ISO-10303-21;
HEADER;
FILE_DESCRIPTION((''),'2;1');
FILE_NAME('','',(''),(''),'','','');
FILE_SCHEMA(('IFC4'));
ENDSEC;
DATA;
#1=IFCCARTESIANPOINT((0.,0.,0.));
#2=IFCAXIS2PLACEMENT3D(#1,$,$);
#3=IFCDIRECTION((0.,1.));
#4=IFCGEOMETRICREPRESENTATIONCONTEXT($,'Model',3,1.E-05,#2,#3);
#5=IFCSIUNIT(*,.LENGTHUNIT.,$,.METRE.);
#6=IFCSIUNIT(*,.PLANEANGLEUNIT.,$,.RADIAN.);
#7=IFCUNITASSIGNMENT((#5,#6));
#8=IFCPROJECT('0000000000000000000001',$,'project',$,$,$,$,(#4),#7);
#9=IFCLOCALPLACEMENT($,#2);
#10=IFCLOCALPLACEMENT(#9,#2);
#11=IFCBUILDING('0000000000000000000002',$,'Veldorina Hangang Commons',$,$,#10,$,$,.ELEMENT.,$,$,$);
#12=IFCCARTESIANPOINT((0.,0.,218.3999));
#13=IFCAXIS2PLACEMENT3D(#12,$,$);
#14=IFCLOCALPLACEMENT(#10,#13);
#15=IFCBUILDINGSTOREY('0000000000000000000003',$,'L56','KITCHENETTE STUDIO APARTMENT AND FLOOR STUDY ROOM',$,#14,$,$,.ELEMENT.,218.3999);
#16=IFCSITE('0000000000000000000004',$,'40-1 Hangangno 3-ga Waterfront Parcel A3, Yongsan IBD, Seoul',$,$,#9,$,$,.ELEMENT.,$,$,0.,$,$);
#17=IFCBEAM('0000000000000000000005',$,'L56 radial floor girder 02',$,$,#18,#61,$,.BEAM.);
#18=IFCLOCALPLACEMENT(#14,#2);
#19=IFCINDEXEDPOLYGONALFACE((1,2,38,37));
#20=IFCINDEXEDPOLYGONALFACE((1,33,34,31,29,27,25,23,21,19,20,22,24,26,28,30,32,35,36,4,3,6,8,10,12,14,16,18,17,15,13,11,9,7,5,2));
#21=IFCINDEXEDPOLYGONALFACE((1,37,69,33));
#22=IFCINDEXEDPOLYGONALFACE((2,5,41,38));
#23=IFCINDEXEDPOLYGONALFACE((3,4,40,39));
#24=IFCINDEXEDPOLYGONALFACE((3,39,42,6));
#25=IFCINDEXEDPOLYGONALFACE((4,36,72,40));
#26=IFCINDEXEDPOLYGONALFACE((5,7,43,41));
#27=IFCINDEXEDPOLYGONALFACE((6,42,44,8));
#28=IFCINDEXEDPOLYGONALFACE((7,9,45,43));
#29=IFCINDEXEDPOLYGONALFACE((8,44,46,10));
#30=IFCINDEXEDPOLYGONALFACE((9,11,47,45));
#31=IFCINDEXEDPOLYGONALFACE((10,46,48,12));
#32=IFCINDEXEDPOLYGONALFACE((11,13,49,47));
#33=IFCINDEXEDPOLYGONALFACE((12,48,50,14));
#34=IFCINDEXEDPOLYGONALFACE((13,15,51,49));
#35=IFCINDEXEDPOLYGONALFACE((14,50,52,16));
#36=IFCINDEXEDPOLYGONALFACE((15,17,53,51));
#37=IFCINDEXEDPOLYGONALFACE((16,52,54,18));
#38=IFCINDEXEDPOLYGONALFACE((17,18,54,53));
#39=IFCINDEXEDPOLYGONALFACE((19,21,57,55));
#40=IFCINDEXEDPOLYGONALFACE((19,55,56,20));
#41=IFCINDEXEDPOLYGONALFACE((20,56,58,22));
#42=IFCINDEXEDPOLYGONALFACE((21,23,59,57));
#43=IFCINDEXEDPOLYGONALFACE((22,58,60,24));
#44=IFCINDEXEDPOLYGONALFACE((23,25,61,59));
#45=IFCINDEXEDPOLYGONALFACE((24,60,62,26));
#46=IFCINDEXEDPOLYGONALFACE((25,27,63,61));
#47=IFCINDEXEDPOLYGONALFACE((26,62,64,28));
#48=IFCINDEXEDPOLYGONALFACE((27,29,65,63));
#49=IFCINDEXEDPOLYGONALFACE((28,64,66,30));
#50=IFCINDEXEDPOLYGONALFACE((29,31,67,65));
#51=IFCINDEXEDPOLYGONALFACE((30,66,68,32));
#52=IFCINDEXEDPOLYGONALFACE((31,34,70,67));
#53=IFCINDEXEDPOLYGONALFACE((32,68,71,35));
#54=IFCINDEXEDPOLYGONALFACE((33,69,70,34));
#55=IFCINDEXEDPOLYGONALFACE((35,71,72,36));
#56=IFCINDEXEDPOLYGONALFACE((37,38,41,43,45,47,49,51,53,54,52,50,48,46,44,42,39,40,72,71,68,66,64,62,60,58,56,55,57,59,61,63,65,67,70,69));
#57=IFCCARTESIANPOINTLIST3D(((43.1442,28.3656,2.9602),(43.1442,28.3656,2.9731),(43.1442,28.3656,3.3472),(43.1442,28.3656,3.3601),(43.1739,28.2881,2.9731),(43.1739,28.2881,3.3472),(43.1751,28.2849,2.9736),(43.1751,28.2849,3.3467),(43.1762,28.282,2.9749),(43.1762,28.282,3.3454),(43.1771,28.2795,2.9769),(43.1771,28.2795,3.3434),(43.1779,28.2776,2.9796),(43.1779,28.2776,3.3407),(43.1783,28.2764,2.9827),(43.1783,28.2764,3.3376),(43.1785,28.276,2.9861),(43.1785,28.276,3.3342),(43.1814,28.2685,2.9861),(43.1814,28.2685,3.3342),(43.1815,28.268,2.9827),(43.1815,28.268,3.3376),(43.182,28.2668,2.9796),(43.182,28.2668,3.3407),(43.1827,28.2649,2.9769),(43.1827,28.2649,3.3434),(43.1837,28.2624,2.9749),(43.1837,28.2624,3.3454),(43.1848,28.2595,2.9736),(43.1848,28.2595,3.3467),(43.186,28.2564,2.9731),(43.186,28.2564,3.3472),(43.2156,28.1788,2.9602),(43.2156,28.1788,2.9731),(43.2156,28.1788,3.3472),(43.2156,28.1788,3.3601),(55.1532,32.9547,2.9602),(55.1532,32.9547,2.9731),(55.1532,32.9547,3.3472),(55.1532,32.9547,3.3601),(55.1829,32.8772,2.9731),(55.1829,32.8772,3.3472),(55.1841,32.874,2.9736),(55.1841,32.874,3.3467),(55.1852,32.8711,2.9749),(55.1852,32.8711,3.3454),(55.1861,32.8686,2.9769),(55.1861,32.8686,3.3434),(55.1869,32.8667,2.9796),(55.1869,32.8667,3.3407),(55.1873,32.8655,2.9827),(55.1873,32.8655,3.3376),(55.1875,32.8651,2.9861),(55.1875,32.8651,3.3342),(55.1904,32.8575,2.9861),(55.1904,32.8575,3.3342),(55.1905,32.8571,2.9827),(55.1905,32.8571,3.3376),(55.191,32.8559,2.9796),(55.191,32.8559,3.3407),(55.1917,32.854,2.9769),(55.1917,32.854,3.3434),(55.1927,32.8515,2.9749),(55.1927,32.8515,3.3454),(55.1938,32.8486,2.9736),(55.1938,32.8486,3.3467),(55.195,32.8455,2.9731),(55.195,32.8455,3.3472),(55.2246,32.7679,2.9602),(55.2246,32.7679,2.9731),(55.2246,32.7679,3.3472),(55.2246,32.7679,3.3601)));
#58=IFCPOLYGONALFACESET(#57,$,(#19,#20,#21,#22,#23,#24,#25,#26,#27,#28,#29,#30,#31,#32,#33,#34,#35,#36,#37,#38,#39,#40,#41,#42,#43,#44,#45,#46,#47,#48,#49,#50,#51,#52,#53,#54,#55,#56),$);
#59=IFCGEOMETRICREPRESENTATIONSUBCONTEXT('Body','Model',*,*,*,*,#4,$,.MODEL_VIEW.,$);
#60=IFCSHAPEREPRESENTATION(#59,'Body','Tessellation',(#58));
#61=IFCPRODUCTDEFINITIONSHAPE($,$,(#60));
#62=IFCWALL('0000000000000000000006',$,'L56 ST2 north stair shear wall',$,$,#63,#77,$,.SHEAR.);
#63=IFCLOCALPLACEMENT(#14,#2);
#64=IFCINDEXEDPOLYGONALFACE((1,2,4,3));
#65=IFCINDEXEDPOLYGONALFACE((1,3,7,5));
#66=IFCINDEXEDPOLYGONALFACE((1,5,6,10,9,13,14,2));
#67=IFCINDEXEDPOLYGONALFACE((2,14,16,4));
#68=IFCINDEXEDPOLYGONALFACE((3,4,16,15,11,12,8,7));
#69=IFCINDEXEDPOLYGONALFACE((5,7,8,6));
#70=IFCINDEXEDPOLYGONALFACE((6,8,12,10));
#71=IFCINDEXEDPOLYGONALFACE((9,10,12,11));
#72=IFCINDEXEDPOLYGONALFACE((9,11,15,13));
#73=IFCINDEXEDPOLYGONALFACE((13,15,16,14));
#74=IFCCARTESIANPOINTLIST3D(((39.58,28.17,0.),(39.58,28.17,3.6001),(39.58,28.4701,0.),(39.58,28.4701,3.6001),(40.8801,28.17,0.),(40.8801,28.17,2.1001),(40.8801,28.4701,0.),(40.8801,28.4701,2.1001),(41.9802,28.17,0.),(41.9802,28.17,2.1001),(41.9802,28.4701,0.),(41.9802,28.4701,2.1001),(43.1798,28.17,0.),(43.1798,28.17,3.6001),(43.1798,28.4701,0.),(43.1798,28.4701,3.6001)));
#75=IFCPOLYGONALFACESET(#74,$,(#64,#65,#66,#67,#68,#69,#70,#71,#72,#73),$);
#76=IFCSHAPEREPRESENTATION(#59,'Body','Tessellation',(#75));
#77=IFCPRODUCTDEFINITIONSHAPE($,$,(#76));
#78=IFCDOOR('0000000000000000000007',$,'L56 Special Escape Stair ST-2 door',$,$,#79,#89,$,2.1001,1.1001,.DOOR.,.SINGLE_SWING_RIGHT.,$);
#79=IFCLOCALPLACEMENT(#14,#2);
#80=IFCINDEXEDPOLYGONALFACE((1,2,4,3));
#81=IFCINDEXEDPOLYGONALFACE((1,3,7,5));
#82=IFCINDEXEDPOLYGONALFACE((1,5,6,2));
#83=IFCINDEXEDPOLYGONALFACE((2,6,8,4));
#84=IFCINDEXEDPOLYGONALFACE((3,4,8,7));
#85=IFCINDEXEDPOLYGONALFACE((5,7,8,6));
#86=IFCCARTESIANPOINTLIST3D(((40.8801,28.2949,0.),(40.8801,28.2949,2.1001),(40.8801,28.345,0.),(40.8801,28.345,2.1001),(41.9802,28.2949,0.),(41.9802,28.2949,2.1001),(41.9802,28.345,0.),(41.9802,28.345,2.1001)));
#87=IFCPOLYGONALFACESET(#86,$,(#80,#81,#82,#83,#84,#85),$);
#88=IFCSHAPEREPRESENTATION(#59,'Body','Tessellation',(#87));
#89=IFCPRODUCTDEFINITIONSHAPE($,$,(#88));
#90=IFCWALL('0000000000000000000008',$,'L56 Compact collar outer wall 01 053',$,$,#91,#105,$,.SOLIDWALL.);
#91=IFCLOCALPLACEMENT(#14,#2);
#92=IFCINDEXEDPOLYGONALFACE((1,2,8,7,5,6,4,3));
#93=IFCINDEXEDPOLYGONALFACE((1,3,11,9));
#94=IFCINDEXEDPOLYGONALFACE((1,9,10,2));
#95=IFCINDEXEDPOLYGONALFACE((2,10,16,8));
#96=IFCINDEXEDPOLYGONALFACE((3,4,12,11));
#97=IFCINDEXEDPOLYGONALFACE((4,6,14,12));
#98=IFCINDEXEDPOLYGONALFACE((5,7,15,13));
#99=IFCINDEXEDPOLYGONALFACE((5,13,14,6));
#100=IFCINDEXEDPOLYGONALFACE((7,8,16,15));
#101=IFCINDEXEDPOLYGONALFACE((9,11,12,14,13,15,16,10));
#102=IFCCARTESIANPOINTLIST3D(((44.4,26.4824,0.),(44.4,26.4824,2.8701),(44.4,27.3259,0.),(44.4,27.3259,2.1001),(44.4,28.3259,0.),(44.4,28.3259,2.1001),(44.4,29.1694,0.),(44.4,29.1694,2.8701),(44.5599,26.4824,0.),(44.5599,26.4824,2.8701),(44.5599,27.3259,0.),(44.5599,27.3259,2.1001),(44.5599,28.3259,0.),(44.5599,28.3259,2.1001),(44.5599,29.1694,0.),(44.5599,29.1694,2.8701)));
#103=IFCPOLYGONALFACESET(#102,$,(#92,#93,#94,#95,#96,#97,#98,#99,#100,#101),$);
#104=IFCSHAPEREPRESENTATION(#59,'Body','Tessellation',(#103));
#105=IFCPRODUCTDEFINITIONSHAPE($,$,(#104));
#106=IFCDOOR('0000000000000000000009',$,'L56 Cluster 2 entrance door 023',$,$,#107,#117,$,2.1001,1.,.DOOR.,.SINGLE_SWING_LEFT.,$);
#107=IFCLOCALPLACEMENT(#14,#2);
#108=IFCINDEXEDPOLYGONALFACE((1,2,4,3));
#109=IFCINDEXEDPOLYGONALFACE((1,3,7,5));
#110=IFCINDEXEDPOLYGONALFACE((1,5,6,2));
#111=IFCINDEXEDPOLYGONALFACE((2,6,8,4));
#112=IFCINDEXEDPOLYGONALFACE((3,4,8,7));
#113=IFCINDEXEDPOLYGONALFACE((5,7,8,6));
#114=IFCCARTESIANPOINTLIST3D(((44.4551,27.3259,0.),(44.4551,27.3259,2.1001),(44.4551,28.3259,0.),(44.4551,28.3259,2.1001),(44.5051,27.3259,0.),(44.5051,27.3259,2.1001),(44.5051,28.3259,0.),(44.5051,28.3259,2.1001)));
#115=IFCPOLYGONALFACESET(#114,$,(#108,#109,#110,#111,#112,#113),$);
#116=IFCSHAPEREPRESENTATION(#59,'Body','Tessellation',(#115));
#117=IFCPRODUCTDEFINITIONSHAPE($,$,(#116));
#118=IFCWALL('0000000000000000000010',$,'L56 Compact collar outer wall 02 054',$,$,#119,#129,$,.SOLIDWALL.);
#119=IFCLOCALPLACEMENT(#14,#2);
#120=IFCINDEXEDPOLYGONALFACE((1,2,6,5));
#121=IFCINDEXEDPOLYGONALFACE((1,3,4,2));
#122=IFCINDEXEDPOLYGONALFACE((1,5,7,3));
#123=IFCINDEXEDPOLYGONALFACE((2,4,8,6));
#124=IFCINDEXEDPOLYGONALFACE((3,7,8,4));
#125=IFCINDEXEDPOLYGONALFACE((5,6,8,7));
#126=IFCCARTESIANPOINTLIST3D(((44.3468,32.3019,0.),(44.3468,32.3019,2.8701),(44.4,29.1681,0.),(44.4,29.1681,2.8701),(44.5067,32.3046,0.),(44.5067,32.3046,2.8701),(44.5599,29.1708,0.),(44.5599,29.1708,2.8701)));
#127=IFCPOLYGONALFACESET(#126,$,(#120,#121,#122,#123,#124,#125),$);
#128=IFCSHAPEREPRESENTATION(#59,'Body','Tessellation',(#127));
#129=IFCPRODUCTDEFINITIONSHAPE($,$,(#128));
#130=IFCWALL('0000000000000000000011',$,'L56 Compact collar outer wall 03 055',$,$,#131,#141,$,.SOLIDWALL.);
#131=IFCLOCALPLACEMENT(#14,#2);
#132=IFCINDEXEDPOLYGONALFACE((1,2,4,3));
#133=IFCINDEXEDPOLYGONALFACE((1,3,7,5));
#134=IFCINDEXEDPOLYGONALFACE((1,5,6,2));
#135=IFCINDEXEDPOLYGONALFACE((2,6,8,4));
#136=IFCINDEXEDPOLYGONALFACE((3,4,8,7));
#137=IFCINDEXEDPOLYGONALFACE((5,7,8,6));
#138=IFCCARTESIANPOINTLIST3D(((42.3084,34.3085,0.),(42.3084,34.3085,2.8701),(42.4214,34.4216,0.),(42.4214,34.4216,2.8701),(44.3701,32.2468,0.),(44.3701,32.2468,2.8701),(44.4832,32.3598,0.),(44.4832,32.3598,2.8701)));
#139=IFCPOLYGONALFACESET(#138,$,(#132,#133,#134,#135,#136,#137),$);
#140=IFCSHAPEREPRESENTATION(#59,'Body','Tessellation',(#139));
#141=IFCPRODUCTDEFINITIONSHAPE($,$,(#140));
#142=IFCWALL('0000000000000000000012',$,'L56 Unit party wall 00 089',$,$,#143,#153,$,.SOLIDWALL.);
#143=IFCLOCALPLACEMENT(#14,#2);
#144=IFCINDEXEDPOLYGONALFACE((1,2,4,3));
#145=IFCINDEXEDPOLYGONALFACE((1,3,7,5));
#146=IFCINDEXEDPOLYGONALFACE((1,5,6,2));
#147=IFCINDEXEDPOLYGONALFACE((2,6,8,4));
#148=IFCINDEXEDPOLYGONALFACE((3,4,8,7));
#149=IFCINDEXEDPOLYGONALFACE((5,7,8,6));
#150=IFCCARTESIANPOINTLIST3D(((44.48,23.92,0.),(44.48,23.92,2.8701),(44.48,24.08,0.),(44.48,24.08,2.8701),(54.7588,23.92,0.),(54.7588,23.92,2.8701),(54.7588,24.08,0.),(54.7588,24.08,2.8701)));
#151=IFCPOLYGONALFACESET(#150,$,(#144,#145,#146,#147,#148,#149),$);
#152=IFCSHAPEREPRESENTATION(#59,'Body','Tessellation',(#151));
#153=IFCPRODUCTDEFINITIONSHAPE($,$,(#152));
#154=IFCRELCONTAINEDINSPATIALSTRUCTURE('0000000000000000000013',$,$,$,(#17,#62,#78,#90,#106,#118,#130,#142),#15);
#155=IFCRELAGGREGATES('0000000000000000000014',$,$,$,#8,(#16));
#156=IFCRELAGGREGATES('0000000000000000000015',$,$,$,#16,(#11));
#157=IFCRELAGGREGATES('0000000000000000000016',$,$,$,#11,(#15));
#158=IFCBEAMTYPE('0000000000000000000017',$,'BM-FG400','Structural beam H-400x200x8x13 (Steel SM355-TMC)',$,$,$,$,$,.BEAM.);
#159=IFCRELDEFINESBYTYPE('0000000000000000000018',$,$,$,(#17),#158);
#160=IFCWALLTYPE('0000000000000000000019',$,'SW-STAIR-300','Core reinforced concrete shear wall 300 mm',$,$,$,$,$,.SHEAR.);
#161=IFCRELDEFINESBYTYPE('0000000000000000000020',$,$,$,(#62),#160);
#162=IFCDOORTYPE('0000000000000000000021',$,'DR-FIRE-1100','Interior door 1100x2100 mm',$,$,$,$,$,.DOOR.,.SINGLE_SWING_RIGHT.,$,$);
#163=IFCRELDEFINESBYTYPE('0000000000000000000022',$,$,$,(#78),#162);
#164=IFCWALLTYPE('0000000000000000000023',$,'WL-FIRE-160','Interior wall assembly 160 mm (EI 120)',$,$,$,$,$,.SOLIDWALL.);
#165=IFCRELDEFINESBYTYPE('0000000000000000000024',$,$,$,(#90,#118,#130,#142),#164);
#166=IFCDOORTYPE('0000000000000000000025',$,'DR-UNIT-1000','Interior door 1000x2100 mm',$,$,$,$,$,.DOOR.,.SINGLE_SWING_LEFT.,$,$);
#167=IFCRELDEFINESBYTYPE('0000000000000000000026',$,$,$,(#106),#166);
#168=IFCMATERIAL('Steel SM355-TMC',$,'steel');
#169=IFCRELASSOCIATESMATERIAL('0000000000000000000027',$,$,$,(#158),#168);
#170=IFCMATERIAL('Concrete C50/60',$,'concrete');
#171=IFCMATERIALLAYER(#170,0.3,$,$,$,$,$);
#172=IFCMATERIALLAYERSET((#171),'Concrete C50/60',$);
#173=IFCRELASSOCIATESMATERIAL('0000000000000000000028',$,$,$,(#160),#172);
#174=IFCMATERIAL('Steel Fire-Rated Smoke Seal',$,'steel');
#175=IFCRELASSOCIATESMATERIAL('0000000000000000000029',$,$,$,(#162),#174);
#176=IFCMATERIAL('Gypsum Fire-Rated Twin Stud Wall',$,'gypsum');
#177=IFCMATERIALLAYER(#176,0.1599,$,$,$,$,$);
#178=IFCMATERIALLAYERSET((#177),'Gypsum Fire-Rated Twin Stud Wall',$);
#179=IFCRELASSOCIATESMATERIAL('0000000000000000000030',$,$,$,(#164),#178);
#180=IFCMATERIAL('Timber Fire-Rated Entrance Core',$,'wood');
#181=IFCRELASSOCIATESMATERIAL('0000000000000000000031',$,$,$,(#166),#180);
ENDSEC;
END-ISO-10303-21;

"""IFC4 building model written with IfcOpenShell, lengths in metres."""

from ifc_helpers import new_model, si_unit, direction, frame, frame_2d, origin, origin_2d, place, context, subcontext, project, spatial, rectangle, i_section, extrude, material, layer, layer_set, material_profile, profile_set, type_object, element, fill, save


model = new_model("IFC4")

# Units and contexts
model_context = context("Model", 3, precision=1e-05, world=origin(), true_north=direction((0.0, 1.0)))
body_context = subcontext(model_context, "Body", "Model", "MODEL_VIEW")
ifc_project = project(units=[si_unit("LENGTHUNIT", "METRE"), si_unit("PLANEANGLEUNIT", "RADIAN")], contexts=[model_context])

# Site, building, storey
site_placement = place(None, origin())
site = spatial("IfcSite", under=ifc_project, at=site_placement, Name="40-1 Hangangno 3-ga Waterfront Parcel A3, Yongsan IBD, Seoul", CompositionType="ELEMENT", RefElevation=0.0)
building_placement = place(site_placement, origin())
building = spatial("IfcBuilding", under=site, at=building_placement, Name="Veldorina Hangang Commons", CompositionType="ELEMENT")
storey_placement = place(building_placement, frame((0.0, 0.0, 218.3999)))
storey = spatial("IfcBuildingStorey", under=building, at=storey_placement, Name="L56", Description="KITCHENETTE STUDIO APARTMENT AND FLOOR STUDY ROOM", CompositionType="ELEMENT", Elevation=218.3999)

# Beam
ifc_material_1 = material(Name="Steel SM355-TMC", Category="steel")
ifc_material_profile = material_profile(ifc_material_1, i_section(OverallWidth=0.2, OverallDepth=0.3999, WebThickness=0.0081, FlangeThickness=0.0129, FilletRadius=0.0129, at=origin_2d()), Name="H-400x200x8x13")
ifc_profile_set = profile_set([ifc_material_profile], Name="Steel SM355-TMC")
beam_type = type_object("IfcBeamType", Name="BM-FG400", Description="Structural beam H-400x200x8x13 (Steel SM355-TMC)", PredefinedType="BEAM", material=ifc_profile_set)
beam_placement = place(storey_placement, frame((43.1799, 28.2722, 3.1602), z_axis=(0.934119, 0.356963, 0.0), x_axis=(-0.356963, 0.934119, 0.0)))
element("IfcBeam", 1, at=beam_placement, inside=storey, type_object=beam_type, Name="L56 radial floor girder 02", PredefinedType="BEAM", context=body_context, shape_type="SweptSolid", body=[
    extrude(i_section(OverallWidth=0.2, OverallDepth=0.3999, WebThickness=0.0081, FlangeThickness=0.0129, FilletRadius=0.0129, at=origin_2d()), origin(), (0.0, 0.0, 1.0), 12.856),
])

# Walls, openings, doors
ifc_material_2 = material(Name="Concrete C50/60", Category="concrete")
ifc_layer_1 = layer(ifc_material_2, 0.3)
ifc_layer_set_1 = layer_set([ifc_layer_1], Name="Concrete C50/60")
wall_type_1 = type_object("IfcWallType", Name="SW-STAIR-300", Description="Core reinforced concrete shear wall 300 mm", PredefinedType="SHEAR", material=ifc_layer_set_1)
wall_1_placement = place(storey_placement, frame((39.5801, 28.3201, 0.0), z_axis=(0.0, 0.0, 1.0), x_axis=(1.0, 0.0, 0.0)))
wall_1 = element("IfcWall", 2, at=wall_1_placement, inside=storey, type_object=wall_type_1, Name="L56 ST2 north stair shear wall", PredefinedType="SHEAR", context=body_context, shape_type="SweptSolid", body=[
    extrude(rectangle(XDim=3.5999, YDim=0.3, at=frame_2d((1.7998, 0.0))), origin(), (0.0, 0.0, 1.0), 3.6001),
])
opening_1_placement = place(wall_1_placement, frame((1.3, 0.0, 0.0)))
opening_1 = element("IfcOpeningElement", 3, at=opening_1_placement, cuts=wall_1, PredefinedType="OPENING", context=body_context, shape_type="SweptSolid", body=[
    extrude(rectangle(XDim=1.1001, YDim=2.1001, at=frame_2d((0.55, 1.05))), frame((0.0, 0.1602, 0.0), z_axis=(0.0, -1.0, 0.0), x_axis=(1.0, 0.0, 0.0)), (0.0, 0.0, 1.0), 0.3201),
])
ifc_material_3 = material(Name="Steel Fire-Rated Smoke Seal", Category="steel")
door_type_1 = type_object("IfcDoorType", Name="DR-FIRE-1100", Description="Interior door 1100x2100 mm", OperationType="SINGLE_SWING_RIGHT", PredefinedType="DOOR", material=ifc_material_3)
door_1_placement = place(opening_1_placement, origin())
door_1 = element("IfcDoor", 4, at=door_1_placement, inside=storey, type_object=door_type_1, Name="L56 Special Escape Stair ST-2 door", OperationType="SINGLE_SWING_RIGHT", OverallHeight=2.1001, OverallWidth=1.1001, PredefinedType="DOOR", context=body_context, shape_type="SweptSolid", body=[
    extrude(rectangle(XDim=1.1001, YDim=2.1001, at=frame_2d((0.55, 1.05))), frame((0.0, 0.0249, 0.0), z_axis=(0.0, -1.0, 0.0), x_axis=(1.0, 0.0, 0.0)), (0.0, 0.0, 1.0), 0.05),
])
fill(opening_1, door_1)
ifc_material_4 = material(Name="Gypsum Fire-Rated Twin Stud Wall", Category="gypsum")
ifc_layer_2 = layer(ifc_material_4, 0.1599)
ifc_layer_set_2 = layer_set([ifc_layer_2], Name="Gypsum Fire-Rated Twin Stud Wall")
wall_type_2 = type_object("IfcWallType", Name="WL-FIRE-160", Description="Interior wall assembly 160 mm (EI 120)", PredefinedType="SOLIDWALL", material=ifc_layer_set_2)
wall_2_placement = place(storey_placement, frame((44.48, 26.4824, 0.0), z_axis=(0.0, 0.0, 1.0), x_axis=(0.0, 1.0, 0.0)))
wall_2 = element("IfcWall", 5, at=wall_2_placement, inside=storey, type_object=wall_type_2, Name="L56 Compact collar outer wall 01 053", PredefinedType="SOLIDWALL", context=body_context, shape_type="SweptSolid", body=[
    extrude(rectangle(XDim=2.687, YDim=0.1599, at=frame_2d((1.3435, 0.0))), origin(), (0.0, 0.0, 1.0), 2.8701),
])
opening_2_placement = place(wall_2_placement, frame((0.8435, 0.0, 0.0)))
opening_2 = element("IfcOpeningElement", 6, at=opening_2_placement, cuts=wall_2, PredefinedType="OPENING", context=body_context, shape_type="SweptSolid", body=[
    extrude(rectangle(XDim=1.0, YDim=2.1001, at=frame_2d((0.5, 1.05))), frame((0.0, 0.0898, 0.0), z_axis=(0.0, -1.0, 0.0), x_axis=(1.0, 0.0, 0.0)), (0.0, 0.0, 1.0), 0.1799),
])
ifc_material_5 = material(Name="Timber Fire-Rated Entrance Core", Category="wood")
door_type_2 = type_object("IfcDoorType", Name="DR-UNIT-1000", Description="Interior door 1000x2100 mm", OperationType="SINGLE_SWING_LEFT", PredefinedType="DOOR", material=ifc_material_5)
door_2_placement = place(opening_2_placement, origin())
door_2 = element("IfcDoor", 7, at=door_2_placement, inside=storey, type_object=door_type_2, Name="L56 Cluster 2 entrance door 023", OperationType="SINGLE_SWING_LEFT", OverallHeight=2.1001, OverallWidth=1.0, PredefinedType="DOOR", context=body_context, shape_type="SweptSolid", body=[
    extrude(rectangle(XDim=1.0, YDim=2.1001, at=frame_2d((0.5, 1.05))), frame((0.0, 0.0249, 0.0), z_axis=(0.0, -1.0, 0.0), x_axis=(1.0, 0.0, 0.0)), (0.0, 0.0, 1.0), 0.05),
])
fill(opening_2, door_2)

# Walls
wall_3_placement = place(storey_placement, frame((44.48, 29.1694, 0.0), z_axis=(0.0, 0.0, 1.0), x_axis=(-0.016981, 0.999856, 0.0)))
element("IfcWall", 8, at=wall_3_placement, inside=storey, type_object=wall_type_2, Name="L56 Compact collar outer wall 02 054", PredefinedType="SOLIDWALL", context=body_context, shape_type="SweptSolid", body=[
    extrude(rectangle(XDim=3.1343, YDim=0.1599, at=frame_2d((1.5671, 0.0))), origin(), (0.0, 0.0, 1.0), 2.8701),
])
wall_4_placement = place(storey_placement, frame((44.4268, 32.3032, 0.0), z_axis=(0.0, 0.0, 1.0), x_axis=(-0.707107, 0.707107, 0.0)))
element("IfcWall", 9, at=wall_4_placement, inside=storey, type_object=wall_type_2, Name="L56 Compact collar outer wall 03 055", PredefinedType="SOLIDWALL", context=body_context, shape_type="SweptSolid", body=[
    extrude(rectangle(XDim=2.9158, YDim=0.1599, at=frame_2d((1.458, 0.0))), origin(), (0.0, 0.0, 1.0), 2.8701),
])
wall_5_placement = place(storey_placement, frame((44.48, 24.0, 0.0), z_axis=(0.0, 0.0, 1.0), x_axis=(1.0, 0.0, 0.0)))
element("IfcWall", 10, at=wall_5_placement, inside=storey, type_object=wall_type_2, Name="L56 Unit party wall 00 089", PredefinedType="SOLIDWALL", context=body_context, shape_type="SweptSolid", body=[
    extrude(rectangle(XDim=10.2788, YDim=0.1599, at=frame_2d((5.1394, 0.0))), origin(), (0.0, 0.0, 1.0), 2.8701),
])

save(model, "model.ifc")
